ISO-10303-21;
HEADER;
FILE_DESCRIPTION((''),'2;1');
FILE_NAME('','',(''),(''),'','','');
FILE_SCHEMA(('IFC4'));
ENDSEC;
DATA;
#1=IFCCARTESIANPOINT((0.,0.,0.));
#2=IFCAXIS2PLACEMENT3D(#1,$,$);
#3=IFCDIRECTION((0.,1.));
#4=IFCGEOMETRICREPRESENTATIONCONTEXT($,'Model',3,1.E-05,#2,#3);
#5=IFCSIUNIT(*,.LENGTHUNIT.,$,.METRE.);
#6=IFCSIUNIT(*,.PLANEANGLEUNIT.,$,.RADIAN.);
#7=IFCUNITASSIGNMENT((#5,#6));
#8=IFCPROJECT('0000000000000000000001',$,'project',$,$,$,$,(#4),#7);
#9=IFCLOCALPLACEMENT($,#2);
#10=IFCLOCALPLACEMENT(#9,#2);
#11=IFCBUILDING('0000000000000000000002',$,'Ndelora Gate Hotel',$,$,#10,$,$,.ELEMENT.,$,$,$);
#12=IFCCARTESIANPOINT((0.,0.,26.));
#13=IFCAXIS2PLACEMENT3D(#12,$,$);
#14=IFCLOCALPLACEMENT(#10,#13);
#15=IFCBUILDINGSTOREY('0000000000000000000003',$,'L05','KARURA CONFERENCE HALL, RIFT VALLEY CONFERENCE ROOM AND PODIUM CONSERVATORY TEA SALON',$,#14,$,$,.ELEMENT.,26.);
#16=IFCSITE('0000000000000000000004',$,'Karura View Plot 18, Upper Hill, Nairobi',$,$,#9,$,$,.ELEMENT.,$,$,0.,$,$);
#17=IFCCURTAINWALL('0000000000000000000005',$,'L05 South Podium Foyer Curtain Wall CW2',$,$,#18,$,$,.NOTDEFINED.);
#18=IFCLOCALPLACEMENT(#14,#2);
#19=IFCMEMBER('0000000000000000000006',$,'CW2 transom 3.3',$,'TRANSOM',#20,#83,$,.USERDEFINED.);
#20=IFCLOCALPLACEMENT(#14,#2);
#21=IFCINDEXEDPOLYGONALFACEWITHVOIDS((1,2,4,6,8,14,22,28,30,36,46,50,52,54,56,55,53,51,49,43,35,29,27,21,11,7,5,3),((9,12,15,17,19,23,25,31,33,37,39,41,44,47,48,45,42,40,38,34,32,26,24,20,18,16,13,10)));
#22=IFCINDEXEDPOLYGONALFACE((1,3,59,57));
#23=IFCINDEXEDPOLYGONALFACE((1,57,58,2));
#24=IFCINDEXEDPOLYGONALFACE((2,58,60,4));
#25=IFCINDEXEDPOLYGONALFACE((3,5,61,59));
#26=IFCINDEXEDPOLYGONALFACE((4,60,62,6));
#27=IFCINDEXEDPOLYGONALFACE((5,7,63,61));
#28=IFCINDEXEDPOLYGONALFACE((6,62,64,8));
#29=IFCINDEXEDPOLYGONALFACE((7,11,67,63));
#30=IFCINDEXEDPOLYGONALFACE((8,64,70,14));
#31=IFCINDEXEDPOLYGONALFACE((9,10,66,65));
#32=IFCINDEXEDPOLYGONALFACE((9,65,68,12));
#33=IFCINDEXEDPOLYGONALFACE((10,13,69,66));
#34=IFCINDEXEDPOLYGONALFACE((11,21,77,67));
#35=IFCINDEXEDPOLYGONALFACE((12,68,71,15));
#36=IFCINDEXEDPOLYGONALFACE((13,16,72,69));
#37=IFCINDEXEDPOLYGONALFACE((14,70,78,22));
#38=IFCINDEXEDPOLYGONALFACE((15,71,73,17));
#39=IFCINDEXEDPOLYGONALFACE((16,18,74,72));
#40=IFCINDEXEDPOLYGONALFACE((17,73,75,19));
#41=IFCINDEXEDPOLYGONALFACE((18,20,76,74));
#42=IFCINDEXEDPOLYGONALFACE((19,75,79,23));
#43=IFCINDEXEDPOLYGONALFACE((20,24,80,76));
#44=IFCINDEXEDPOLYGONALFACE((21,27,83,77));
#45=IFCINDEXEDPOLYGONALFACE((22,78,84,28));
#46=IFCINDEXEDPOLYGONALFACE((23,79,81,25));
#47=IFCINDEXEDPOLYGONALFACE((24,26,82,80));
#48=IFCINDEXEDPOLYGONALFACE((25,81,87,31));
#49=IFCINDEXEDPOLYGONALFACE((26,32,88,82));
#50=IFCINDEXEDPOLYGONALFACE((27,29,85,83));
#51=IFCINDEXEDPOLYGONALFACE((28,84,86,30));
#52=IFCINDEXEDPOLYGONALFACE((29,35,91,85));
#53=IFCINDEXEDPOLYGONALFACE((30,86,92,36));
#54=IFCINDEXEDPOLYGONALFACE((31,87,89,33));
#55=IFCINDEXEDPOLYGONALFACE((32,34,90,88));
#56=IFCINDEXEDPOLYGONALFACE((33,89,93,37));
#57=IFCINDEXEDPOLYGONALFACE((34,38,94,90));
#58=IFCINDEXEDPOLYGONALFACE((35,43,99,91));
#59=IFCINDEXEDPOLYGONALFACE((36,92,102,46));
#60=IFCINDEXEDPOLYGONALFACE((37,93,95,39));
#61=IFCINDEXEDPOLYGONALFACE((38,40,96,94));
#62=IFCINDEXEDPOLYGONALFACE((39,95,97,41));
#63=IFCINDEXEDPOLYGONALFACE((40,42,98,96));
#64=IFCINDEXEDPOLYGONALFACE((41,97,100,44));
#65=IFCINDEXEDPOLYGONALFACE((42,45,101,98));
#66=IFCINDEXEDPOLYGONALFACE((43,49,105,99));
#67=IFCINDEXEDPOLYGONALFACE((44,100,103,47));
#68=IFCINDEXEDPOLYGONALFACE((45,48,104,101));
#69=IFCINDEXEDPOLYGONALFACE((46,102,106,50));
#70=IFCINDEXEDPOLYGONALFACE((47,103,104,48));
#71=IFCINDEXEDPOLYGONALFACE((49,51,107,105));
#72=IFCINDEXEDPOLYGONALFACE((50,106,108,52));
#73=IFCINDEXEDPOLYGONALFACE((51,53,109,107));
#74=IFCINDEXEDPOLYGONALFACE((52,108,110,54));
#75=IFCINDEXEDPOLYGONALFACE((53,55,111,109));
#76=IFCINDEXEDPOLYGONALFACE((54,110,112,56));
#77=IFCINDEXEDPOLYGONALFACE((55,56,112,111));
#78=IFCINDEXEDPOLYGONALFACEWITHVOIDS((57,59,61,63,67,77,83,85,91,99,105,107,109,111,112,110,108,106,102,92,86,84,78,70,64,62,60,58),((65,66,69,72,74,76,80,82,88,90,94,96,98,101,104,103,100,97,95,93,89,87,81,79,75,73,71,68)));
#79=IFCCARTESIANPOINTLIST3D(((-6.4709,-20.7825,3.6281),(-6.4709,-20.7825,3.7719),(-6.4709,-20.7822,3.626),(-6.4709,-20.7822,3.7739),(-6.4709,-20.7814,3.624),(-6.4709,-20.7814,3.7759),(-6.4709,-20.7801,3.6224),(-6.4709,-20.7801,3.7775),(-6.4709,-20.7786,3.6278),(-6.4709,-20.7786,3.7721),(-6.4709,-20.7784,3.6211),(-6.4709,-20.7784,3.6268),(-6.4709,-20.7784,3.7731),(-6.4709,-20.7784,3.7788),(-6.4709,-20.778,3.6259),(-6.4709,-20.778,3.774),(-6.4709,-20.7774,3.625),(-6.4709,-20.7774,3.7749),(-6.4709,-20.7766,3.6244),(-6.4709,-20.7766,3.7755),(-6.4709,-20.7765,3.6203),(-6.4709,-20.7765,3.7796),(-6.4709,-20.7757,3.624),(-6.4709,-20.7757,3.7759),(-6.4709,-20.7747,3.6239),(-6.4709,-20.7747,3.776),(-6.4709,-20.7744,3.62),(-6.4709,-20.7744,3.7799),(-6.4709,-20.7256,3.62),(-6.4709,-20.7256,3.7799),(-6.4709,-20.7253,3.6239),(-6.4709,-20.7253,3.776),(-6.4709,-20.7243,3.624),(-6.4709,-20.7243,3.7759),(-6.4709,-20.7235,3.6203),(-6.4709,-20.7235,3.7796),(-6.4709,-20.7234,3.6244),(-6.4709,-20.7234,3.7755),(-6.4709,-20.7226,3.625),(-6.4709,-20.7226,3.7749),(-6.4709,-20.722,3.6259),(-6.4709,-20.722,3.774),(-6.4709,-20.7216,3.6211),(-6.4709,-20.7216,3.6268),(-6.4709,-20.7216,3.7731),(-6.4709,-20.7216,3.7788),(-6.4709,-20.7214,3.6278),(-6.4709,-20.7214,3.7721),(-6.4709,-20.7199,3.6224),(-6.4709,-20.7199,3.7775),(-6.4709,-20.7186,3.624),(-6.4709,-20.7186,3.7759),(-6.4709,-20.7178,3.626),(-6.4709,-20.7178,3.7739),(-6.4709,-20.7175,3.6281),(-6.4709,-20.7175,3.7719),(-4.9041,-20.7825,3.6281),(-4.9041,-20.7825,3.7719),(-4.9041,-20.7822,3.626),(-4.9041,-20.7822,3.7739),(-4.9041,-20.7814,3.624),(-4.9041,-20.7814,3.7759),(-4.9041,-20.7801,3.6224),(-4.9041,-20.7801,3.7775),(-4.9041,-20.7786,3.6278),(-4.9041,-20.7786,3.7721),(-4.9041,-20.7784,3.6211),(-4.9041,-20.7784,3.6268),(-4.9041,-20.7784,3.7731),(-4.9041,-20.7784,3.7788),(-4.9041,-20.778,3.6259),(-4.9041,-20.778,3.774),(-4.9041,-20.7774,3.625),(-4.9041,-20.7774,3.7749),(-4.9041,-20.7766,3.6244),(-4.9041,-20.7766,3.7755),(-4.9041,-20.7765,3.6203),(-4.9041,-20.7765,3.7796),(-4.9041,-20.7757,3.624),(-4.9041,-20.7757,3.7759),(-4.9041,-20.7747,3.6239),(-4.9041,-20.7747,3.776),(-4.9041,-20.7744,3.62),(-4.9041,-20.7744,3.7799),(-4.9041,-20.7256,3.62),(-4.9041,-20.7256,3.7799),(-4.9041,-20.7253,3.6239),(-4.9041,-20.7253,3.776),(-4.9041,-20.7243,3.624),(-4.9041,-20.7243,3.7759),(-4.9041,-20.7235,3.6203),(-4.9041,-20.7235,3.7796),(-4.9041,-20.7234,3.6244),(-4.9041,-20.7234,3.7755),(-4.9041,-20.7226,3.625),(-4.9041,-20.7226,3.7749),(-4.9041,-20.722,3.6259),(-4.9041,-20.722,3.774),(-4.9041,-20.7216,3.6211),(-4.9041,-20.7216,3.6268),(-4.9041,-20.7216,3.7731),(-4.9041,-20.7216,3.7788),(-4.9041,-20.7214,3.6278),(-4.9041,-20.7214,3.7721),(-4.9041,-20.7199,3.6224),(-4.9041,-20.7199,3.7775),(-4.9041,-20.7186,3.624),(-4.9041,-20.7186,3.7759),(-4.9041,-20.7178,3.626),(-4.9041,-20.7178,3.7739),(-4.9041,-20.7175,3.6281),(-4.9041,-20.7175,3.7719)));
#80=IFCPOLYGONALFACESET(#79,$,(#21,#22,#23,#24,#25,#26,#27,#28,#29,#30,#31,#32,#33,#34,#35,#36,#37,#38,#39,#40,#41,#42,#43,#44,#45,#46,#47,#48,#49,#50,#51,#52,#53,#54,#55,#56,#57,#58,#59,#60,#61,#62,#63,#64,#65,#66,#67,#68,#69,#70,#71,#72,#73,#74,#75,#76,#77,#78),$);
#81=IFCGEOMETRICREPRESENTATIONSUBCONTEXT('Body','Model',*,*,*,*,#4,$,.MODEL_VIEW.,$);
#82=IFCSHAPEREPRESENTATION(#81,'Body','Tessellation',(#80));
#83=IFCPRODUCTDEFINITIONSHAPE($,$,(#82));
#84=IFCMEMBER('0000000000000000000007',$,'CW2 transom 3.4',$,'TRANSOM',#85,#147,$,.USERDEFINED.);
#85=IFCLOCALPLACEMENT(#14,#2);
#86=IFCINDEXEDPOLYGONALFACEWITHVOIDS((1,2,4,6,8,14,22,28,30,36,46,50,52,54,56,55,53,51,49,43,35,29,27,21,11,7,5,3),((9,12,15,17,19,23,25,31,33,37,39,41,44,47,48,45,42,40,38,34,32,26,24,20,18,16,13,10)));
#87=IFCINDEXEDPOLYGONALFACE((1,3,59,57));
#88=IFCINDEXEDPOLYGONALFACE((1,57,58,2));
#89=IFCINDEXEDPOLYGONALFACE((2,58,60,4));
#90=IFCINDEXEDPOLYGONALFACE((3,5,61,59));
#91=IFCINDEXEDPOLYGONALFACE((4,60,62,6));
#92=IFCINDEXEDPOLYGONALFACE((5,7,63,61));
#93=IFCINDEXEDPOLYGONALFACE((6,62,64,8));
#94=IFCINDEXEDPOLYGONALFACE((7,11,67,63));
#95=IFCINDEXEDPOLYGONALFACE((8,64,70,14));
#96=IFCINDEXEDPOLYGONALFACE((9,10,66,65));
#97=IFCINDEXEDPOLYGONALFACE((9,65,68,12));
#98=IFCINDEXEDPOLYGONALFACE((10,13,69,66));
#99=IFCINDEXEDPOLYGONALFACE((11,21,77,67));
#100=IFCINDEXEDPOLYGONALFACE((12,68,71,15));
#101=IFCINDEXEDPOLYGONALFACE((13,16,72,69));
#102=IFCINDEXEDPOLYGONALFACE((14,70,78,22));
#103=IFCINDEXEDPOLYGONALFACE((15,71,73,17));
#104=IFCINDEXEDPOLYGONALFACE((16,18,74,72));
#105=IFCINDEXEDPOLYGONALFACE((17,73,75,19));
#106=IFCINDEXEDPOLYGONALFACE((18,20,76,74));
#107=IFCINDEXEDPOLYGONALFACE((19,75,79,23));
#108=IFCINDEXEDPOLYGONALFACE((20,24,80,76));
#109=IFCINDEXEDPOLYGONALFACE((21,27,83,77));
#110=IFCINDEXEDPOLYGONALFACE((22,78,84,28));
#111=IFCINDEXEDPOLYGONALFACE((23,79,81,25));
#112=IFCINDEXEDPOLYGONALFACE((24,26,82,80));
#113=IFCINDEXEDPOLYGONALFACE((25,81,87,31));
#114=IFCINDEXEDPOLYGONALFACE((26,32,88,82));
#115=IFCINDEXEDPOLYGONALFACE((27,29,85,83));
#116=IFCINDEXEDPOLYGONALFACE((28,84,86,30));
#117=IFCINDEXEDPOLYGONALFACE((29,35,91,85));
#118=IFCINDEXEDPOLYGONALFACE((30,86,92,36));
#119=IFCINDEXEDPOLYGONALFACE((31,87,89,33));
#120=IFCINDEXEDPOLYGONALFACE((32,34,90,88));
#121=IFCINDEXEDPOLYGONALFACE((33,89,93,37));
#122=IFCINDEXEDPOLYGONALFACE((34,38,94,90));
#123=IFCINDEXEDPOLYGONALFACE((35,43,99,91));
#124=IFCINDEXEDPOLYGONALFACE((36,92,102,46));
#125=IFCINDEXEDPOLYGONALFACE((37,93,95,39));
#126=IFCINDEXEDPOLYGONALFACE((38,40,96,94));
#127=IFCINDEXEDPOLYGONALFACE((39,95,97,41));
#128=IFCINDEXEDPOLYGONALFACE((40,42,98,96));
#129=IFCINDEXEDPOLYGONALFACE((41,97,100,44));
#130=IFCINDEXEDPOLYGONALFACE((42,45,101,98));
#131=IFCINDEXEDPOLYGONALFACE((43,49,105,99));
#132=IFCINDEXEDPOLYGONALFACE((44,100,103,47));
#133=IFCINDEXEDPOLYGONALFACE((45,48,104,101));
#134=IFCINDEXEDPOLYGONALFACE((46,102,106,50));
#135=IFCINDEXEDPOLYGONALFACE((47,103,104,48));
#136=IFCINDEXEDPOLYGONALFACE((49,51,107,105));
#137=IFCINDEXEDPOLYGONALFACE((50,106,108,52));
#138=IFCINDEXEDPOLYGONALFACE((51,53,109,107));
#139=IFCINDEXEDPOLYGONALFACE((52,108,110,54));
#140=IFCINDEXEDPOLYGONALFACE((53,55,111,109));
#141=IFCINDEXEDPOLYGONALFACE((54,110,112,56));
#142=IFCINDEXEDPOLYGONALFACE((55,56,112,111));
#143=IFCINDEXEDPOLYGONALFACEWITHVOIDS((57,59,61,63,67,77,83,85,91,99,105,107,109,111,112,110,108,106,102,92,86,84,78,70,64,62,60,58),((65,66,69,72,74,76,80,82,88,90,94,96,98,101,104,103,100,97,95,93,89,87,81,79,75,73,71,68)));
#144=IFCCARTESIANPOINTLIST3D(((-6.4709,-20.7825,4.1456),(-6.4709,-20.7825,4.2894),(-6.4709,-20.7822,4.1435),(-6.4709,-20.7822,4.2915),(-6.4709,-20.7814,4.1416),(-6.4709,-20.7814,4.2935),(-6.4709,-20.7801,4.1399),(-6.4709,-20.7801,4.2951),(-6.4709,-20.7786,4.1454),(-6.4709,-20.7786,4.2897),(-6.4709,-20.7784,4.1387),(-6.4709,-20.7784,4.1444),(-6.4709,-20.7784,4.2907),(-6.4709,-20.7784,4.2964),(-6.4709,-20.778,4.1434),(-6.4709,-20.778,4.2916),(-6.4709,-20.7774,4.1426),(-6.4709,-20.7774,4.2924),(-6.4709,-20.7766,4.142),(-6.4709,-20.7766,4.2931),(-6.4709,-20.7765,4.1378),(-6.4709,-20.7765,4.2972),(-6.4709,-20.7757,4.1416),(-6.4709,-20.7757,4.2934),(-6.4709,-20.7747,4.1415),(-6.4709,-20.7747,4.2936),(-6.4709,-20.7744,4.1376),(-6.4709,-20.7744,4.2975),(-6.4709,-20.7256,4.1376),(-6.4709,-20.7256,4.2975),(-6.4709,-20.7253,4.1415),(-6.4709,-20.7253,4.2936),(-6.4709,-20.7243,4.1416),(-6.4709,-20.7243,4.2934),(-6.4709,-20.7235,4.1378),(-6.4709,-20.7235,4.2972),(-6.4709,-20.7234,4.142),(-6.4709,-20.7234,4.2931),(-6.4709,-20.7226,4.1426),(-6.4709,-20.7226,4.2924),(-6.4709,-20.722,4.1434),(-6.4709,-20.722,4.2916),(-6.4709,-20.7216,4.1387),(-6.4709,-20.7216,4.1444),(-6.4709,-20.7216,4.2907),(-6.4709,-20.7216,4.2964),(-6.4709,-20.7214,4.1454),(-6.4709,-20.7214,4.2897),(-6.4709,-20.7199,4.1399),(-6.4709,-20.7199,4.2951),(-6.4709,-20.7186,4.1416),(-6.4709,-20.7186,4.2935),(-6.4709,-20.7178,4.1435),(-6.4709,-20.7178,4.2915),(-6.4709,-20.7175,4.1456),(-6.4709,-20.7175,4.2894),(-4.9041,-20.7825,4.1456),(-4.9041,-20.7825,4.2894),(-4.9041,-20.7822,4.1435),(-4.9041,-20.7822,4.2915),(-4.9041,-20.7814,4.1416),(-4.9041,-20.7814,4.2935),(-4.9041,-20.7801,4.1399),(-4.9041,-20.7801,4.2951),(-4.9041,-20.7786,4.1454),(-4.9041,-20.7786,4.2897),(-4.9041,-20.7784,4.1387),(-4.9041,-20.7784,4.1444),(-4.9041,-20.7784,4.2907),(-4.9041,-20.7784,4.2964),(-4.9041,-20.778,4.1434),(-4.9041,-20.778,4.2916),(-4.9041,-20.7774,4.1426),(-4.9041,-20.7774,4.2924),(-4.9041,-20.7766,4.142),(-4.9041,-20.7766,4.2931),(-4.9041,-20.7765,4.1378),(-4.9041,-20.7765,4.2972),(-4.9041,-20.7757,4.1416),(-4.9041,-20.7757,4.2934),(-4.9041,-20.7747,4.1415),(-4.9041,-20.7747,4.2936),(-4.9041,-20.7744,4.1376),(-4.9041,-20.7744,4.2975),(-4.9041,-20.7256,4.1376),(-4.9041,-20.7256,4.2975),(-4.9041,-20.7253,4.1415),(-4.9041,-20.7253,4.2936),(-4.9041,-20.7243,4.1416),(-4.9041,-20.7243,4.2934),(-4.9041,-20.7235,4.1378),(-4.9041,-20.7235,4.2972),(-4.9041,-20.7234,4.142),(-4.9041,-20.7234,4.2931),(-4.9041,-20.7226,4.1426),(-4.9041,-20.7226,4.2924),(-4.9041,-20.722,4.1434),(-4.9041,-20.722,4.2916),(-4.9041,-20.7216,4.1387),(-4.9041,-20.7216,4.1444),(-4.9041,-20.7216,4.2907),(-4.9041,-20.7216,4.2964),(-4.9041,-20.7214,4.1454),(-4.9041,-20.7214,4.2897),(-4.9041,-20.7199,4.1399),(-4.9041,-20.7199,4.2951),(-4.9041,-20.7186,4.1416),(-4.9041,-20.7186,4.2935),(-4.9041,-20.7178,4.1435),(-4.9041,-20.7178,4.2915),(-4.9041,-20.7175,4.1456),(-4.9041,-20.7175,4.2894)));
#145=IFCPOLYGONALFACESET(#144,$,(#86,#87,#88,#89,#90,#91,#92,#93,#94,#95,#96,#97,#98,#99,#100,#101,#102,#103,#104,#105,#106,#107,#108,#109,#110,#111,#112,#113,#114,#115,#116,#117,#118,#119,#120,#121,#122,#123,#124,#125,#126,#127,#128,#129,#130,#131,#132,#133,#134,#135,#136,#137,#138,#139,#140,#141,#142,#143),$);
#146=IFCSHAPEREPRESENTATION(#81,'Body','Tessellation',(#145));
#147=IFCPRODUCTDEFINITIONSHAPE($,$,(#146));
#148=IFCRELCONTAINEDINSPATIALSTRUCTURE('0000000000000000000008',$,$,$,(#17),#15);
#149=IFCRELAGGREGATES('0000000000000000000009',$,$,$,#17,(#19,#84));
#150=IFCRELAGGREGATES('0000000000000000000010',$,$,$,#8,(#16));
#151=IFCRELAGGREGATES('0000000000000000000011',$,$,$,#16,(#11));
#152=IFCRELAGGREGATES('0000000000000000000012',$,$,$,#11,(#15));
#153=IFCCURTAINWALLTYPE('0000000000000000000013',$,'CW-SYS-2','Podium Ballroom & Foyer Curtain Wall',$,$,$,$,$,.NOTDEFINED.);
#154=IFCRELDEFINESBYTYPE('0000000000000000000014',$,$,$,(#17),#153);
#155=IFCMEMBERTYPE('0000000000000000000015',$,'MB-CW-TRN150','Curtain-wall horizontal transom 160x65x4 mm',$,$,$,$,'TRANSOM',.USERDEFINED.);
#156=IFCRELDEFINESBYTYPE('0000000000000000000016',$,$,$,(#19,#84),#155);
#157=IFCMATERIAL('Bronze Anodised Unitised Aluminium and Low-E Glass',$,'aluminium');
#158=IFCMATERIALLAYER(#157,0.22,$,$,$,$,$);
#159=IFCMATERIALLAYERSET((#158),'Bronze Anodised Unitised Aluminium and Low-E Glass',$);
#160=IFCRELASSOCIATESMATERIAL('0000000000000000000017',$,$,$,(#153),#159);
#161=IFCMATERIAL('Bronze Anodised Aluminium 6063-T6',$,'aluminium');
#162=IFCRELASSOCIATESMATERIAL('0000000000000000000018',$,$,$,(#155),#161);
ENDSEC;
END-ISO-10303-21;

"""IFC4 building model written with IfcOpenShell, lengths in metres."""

from ifc_helpers import new_model, si_unit, direction, frame, origin, origin_2d, place, context, subcontext, project, spatial, hollow_rectangle, extrude, material, layer, layer_set, material_profile, profile_set, type_object, element, aggregate, save


model = new_model("IFC4")

# Units and contexts
model_context = context("Model", 3, precision=1e-05, world=origin(), true_north=direction((0.0, 1.0)))
body_context = subcontext(model_context, "Body", "Model", "MODEL_VIEW")
ifc_project = project(units=[si_unit("LENGTHUNIT", "METRE"), si_unit("PLANEANGLEUNIT", "RADIAN")], contexts=[model_context])

# Site, building, storey
site_placement = place(None, origin())
site = spatial("IfcSite", under=ifc_project, at=site_placement, Name="Karura View Plot 18, Upper Hill, Nairobi", CompositionType="ELEMENT", RefElevation=0.0)
building_placement = place(site_placement, origin())
building = spatial("IfcBuilding", under=site, at=building_placement, Name="Ndelora Gate Hotel", CompositionType="ELEMENT")
storey_placement = place(building_placement, frame((0.0, 0.0, 26.0)))
storey = spatial("IfcBuildingStorey", under=building, at=storey_placement, Name="L05", Description="KARURA CONFERENCE HALL, RIFT VALLEY CONFERENCE ROOM AND PODIUM CONSERVATORY TEA SALON", CompositionType="ELEMENT", Elevation=26.0)

# Curtain wall, members
ifc_material_1 = material(Name="Bronze Anodised Unitised Aluminium and Low-E Glass", Category="aluminium")
ifc_layer_1 = layer(ifc_material_1, 0.22)
ifc_layer_set_1 = layer_set([ifc_layer_1], Name="Bronze Anodised Unitised Aluminium and Low-E Glass")
curtain_wall_type = type_object("IfcCurtainWallType", Name="CW-SYS-2", Description="Podium Ballroom & Foyer Curtain Wall", PredefinedType="NOTDEFINED", material=ifc_layer_set_1)
curtain_wall_placement = place(storey_placement, origin())
curtain_wall = element("IfcCurtainWall", 1, at=curtain_wall_placement, inside=storey, type_object=curtain_wall_type, Name="L05 South Podium Foyer Curtain Wall CW2", PredefinedType="NOTDEFINED")
ifc_material_2 = material(Name="Bronze Anodised Aluminium 6063-T6", Category="aluminium")
ifc_material_profile_1 = material_profile(ifc_material_2, hollow_rectangle(XDim=0.0649, YDim=0.1599, WallThickness=0.0039, InnerFilletRadius=0.0039, OuterFilletRadius=0.0081, at=origin_2d()), Name="ALU 160x65x4")
ifc_profile_set_1 = profile_set([ifc_material_profile_1], Name="Bronze Anodised Aluminium 6063-T6")
member_type_1 = type_object("IfcMemberType", Name="MB-CW-TRN150", Description="Curtain-wall horizontal transom 160x65x4 mm", ElementType="TRANSOM", PredefinedType="USERDEFINED", material=ifc_profile_set_1)
member_1_placement = place(storey_placement, frame((-6.4709, -20.75, 3.7), z_axis=(1.0, 0.0, 0.0), x_axis=(0.0, 1.0, 0.0)))
member_1 = element("IfcMember", 2, at=member_1_placement, type_object=member_type_1, Name="CW2 transom 3.3", ObjectType="TRANSOM", PredefinedType="USERDEFINED", context=body_context, shape_type="SweptSolid", body=[
    extrude(hollow_rectangle(XDim=0.0649, YDim=0.1599, WallThickness=0.0039, InnerFilletRadius=0.0039, OuterFilletRadius=0.0081, at=origin_2d()), origin(), (0.0, 0.0, 1.0), 1.5669),
])
member_2_placement = place(storey_placement, frame((-6.4709, -20.75, 4.2175), z_axis=(1.0, 0.0, 0.0), x_axis=(0.0, 1.0, 0.0)))
member_2 = element("IfcMember", 3, at=member_2_placement, type_object=member_type_1, Name="CW2 transom 3.4", ObjectType="TRANSOM", PredefinedType="USERDEFINED", context=body_context, shape_type="SweptSolid", body=[
    extrude(hollow_rectangle(XDim=0.0649, YDim=0.1599, WallThickness=0.0039, InnerFilletRadius=0.0039, OuterFilletRadius=0.0081, at=origin_2d()), origin(), (0.0, 0.0, 1.0), 1.5669),
])
aggregate(curtain_wall, [member_1, member_2])

save(model, "model.ifc")
